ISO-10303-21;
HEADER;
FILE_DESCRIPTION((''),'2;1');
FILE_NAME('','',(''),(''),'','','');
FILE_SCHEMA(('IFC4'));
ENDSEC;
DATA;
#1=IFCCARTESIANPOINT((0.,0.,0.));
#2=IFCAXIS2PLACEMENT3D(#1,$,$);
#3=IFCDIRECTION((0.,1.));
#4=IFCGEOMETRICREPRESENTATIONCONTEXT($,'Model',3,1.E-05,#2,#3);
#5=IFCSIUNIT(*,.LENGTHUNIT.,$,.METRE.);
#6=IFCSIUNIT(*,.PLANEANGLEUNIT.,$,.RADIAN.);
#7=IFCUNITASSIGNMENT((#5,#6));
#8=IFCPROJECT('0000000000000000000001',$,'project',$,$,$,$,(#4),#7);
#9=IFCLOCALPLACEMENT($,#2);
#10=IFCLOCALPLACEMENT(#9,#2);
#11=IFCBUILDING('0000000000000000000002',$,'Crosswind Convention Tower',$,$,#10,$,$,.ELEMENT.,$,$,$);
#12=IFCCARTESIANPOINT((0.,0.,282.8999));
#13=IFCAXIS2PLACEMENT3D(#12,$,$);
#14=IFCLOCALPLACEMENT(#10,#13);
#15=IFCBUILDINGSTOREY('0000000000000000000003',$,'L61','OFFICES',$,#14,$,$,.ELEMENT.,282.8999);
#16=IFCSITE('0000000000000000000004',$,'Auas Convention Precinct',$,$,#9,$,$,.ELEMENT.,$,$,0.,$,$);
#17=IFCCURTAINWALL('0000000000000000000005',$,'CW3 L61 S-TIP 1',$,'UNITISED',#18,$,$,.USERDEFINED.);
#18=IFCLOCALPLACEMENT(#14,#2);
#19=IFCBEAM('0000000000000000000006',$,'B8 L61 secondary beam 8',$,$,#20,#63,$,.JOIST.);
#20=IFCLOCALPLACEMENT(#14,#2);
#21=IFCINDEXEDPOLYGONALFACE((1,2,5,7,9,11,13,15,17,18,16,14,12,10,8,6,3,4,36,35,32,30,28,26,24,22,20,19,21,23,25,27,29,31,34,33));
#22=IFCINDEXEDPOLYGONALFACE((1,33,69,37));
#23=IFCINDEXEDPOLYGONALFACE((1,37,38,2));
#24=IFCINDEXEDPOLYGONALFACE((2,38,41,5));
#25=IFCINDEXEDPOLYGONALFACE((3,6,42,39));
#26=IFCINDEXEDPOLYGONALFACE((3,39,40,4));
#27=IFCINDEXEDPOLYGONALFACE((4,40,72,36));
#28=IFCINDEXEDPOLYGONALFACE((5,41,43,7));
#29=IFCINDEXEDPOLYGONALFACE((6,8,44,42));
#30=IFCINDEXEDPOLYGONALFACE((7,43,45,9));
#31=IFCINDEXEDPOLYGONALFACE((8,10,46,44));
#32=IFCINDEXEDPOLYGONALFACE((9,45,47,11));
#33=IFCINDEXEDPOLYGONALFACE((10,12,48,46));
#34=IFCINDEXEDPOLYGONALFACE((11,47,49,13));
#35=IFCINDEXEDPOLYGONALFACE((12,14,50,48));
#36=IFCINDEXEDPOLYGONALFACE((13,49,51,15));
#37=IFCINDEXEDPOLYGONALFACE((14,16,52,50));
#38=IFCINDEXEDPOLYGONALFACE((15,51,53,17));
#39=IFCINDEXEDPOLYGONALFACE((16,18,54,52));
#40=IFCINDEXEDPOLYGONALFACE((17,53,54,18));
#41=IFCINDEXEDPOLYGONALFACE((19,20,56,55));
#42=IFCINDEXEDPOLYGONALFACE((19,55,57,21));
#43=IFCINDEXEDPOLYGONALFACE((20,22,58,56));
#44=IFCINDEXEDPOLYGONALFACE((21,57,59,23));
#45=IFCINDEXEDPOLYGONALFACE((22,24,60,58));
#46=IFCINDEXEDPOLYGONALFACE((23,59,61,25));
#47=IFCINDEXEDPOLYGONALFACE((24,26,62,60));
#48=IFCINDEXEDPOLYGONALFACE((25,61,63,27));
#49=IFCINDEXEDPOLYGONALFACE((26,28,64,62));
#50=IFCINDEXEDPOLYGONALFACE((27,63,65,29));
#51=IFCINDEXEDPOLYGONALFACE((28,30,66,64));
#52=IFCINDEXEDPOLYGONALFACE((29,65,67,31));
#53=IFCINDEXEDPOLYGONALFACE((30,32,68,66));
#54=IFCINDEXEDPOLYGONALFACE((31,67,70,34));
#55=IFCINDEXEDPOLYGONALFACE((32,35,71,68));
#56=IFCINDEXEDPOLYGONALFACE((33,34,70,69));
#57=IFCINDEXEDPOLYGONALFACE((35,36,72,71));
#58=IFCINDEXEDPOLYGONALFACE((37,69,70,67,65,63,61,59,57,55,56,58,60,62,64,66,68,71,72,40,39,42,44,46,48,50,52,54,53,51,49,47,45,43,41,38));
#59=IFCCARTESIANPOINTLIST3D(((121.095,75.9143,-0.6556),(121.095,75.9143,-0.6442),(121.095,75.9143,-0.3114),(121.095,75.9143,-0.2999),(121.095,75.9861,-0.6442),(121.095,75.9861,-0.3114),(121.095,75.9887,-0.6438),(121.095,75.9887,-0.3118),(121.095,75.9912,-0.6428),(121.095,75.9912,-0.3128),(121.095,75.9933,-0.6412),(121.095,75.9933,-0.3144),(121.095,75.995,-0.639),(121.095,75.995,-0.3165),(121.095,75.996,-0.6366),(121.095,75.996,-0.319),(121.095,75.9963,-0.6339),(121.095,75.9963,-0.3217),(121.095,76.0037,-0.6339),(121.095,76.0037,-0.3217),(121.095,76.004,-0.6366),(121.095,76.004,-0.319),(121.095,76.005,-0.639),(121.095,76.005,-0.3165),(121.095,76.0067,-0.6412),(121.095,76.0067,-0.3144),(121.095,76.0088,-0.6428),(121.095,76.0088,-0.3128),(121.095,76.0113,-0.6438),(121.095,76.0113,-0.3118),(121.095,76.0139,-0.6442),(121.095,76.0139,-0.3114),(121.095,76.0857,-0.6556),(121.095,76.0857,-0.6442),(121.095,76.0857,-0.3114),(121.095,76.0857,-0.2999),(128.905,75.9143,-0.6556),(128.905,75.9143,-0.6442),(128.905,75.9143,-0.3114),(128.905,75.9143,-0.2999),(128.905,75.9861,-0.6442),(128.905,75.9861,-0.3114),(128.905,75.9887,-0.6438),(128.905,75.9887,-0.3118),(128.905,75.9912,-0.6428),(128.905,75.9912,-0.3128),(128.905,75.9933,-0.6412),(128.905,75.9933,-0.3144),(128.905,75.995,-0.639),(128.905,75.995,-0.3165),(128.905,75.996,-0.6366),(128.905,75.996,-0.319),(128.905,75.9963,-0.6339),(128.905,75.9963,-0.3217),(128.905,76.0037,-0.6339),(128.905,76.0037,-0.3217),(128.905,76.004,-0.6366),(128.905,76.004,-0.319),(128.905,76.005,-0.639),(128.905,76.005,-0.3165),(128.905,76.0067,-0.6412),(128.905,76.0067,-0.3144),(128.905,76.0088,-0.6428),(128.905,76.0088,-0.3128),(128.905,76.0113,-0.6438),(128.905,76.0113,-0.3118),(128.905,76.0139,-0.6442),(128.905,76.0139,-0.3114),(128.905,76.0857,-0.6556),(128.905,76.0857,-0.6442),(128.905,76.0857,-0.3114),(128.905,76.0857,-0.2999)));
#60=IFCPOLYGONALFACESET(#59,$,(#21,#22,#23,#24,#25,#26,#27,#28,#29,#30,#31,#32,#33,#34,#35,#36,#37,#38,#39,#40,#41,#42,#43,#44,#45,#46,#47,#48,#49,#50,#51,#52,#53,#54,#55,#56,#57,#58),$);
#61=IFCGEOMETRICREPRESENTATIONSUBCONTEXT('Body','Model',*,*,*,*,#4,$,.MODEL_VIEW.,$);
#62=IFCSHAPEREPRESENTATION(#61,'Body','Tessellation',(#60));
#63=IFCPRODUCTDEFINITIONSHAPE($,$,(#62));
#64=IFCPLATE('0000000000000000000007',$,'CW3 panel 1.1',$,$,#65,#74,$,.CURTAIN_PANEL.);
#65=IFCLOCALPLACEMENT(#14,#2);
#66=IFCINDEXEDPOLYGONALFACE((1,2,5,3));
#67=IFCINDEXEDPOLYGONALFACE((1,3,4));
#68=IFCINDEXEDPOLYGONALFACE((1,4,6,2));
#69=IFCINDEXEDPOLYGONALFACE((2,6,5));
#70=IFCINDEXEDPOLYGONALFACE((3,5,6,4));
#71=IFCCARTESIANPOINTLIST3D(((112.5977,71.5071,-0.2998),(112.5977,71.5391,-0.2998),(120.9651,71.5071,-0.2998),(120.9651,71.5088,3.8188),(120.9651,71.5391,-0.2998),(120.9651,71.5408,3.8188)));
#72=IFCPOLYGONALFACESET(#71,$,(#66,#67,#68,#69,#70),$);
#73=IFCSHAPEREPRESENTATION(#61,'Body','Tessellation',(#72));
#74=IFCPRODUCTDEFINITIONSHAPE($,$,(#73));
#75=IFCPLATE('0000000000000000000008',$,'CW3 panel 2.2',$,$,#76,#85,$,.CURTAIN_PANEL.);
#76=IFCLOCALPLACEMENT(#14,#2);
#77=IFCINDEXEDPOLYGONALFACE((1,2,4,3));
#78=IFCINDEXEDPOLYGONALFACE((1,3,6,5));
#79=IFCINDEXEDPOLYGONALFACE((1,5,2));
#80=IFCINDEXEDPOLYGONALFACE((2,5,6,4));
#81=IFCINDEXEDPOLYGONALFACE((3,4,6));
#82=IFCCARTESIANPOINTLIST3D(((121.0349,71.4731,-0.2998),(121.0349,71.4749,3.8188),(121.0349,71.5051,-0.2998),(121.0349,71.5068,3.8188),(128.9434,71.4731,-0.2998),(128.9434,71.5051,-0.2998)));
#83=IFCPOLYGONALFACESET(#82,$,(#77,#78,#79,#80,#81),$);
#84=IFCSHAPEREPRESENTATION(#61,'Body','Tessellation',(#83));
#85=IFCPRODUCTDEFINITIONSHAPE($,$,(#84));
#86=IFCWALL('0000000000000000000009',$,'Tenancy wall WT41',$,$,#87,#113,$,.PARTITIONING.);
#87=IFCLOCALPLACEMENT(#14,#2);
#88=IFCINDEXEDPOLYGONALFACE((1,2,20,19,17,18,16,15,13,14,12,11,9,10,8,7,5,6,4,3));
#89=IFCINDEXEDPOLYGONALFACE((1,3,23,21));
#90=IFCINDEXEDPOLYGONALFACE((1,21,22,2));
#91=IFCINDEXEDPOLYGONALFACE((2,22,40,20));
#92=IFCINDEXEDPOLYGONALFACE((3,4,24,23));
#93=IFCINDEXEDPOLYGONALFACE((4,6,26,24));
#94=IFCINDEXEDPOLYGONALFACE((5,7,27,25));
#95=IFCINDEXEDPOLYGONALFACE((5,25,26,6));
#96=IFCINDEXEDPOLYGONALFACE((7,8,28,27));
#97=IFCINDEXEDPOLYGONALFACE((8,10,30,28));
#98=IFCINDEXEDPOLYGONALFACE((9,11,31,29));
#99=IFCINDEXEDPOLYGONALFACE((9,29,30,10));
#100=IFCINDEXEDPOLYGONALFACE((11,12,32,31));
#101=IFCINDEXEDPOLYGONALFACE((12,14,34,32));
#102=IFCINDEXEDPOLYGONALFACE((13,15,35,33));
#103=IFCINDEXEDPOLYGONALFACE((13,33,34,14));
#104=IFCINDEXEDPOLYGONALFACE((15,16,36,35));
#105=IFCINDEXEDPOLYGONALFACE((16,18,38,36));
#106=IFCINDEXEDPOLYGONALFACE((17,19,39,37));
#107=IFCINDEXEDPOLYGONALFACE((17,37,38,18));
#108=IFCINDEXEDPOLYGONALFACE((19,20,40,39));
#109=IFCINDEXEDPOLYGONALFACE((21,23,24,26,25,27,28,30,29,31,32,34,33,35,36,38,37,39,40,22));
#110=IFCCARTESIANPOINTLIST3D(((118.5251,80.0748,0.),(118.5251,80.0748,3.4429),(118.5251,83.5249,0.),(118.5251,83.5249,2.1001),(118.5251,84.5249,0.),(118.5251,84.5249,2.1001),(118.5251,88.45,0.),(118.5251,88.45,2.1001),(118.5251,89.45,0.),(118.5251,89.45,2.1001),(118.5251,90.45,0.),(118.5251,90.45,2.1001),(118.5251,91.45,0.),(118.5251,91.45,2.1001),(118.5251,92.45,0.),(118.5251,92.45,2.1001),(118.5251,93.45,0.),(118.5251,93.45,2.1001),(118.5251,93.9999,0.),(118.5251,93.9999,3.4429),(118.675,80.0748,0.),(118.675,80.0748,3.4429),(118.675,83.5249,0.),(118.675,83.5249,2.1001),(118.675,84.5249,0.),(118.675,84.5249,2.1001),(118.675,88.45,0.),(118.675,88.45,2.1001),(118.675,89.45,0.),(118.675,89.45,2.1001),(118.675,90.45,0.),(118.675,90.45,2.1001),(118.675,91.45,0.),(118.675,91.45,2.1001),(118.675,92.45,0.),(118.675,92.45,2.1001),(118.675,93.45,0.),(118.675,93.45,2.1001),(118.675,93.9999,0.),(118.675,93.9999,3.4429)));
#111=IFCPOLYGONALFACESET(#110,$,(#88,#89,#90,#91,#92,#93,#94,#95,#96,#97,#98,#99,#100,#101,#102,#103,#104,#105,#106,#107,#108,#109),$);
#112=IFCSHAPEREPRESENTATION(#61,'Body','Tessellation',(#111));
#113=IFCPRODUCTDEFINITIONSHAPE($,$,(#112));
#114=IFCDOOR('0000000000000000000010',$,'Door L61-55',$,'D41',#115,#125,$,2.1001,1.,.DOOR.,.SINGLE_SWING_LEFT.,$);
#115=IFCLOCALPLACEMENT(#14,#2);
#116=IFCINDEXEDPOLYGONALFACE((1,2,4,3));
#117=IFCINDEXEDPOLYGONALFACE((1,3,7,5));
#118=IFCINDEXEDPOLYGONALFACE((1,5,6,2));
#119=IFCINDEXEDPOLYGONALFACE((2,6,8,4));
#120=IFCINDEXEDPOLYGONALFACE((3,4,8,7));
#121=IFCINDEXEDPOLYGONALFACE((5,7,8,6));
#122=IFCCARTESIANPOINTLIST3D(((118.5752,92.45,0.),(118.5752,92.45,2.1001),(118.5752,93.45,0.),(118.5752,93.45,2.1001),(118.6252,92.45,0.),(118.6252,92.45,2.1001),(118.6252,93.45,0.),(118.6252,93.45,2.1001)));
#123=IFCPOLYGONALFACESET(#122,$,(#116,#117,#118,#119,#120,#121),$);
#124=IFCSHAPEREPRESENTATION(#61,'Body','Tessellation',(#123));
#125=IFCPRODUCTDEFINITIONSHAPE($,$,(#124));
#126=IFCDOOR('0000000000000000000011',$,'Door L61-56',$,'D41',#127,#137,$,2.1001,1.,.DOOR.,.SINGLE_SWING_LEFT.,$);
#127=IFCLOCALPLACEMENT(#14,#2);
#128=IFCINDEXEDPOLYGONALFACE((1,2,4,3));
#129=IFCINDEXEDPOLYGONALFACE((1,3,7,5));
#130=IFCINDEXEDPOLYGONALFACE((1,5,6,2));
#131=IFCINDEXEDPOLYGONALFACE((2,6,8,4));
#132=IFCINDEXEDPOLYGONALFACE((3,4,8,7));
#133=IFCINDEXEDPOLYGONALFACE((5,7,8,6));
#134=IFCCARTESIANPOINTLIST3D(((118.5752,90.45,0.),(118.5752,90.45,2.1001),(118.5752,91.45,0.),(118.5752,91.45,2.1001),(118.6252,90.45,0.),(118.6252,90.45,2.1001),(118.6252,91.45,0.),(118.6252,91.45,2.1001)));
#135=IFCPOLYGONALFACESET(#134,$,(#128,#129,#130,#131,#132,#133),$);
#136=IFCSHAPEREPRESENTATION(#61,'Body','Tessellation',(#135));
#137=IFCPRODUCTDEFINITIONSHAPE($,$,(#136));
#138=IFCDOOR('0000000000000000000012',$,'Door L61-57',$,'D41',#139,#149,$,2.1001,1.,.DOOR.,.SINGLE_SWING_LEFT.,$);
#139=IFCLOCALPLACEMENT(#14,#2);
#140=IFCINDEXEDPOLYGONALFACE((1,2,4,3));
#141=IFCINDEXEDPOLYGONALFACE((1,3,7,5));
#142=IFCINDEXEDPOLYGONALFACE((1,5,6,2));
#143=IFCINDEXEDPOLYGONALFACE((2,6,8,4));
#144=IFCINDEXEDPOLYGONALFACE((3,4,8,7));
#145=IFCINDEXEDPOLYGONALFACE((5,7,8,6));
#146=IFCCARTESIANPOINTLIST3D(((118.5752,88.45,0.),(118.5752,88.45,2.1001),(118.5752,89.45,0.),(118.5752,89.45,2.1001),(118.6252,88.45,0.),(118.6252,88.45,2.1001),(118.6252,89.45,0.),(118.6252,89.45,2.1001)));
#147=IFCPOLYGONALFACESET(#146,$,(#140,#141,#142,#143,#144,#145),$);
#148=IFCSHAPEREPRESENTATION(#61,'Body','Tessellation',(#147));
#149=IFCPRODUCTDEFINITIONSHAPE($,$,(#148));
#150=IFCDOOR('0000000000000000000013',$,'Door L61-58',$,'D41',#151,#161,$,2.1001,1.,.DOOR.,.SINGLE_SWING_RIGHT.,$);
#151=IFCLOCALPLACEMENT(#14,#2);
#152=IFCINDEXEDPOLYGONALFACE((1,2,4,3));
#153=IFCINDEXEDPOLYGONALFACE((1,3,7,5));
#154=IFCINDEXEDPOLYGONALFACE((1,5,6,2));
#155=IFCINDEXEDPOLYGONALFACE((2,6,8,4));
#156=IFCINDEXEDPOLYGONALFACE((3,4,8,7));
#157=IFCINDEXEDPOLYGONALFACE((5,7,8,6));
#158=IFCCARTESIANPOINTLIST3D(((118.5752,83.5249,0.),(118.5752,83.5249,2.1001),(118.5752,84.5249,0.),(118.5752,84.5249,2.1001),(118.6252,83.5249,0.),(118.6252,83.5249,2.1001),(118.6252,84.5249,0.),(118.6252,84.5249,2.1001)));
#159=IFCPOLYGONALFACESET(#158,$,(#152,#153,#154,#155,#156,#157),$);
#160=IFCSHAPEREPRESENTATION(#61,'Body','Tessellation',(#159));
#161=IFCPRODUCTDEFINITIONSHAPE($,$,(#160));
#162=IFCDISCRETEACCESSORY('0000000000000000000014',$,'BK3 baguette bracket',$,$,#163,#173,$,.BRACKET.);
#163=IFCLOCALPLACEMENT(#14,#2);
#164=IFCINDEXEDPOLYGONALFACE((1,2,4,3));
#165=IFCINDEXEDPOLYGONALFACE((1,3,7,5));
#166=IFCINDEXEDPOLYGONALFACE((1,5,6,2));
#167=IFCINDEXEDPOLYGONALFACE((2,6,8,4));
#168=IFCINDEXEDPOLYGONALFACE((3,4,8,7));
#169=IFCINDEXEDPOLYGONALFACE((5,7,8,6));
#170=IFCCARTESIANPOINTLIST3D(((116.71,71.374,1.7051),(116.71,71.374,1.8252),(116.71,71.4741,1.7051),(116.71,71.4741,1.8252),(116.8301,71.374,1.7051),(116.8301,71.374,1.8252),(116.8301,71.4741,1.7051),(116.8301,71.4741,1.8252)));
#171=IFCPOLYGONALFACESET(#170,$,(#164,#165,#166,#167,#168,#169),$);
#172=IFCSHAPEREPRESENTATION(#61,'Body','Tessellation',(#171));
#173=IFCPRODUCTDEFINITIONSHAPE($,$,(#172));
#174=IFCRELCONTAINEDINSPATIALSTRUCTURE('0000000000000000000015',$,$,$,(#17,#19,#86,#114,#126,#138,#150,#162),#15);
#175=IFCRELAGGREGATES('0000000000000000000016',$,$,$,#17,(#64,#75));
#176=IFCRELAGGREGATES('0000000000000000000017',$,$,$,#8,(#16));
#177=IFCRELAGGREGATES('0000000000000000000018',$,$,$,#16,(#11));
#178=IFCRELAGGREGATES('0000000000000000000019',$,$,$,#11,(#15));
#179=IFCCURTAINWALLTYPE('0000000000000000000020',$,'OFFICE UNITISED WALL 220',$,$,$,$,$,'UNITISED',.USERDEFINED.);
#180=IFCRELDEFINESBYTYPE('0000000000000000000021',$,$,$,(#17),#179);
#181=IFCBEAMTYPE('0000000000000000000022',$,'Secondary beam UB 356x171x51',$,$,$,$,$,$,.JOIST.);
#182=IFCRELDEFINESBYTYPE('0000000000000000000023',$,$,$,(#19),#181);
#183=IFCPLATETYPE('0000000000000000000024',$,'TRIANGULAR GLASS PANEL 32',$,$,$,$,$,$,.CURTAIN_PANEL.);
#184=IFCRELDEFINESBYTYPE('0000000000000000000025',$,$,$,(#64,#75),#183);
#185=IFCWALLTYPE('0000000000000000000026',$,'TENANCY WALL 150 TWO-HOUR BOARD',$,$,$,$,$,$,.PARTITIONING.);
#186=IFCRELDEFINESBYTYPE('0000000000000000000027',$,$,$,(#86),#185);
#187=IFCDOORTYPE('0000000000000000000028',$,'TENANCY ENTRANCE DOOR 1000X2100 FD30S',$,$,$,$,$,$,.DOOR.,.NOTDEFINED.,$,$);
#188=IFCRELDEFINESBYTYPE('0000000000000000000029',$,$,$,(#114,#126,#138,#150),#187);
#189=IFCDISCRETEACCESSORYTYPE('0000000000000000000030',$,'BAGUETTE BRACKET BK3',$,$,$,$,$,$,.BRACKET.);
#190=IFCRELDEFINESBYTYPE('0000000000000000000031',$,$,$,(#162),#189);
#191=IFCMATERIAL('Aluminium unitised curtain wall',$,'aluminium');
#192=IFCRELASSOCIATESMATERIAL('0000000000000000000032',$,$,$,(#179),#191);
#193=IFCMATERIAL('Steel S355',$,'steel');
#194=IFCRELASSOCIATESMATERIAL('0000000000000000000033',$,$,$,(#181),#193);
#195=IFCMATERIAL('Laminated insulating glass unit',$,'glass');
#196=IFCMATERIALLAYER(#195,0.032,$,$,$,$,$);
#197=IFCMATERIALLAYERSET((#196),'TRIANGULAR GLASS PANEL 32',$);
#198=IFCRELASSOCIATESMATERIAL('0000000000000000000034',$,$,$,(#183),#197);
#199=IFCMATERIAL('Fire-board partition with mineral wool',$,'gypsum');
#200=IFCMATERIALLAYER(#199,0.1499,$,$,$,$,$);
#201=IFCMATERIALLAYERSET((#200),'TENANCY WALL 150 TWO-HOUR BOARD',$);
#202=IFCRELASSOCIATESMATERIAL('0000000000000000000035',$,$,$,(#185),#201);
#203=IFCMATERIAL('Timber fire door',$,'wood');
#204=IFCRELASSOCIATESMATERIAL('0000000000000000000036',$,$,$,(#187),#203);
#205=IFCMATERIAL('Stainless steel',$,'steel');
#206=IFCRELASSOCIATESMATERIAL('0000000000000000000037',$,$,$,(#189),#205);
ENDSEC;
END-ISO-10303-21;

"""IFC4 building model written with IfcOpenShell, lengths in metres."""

from ifc_helpers import new_model, si_unit, direction, frame, frame_2d, origin, origin_2d, place, context, subcontext, project, spatial, polyline, rectangle, i_section, outline, extrude, material, layer, layer_set, material_profile, profile_set, type_object, element, fill, aggregate, save


model = new_model("IFC4")

# Units and contexts
model_context = context("Model", 3, precision=1e-05, world=origin(), true_north=direction((0.0, 1.0)))
body_context = subcontext(model_context, "Body", "Model", "MODEL_VIEW")
ifc_project = project(units=[si_unit("LENGTHUNIT", "METRE"), si_unit("PLANEANGLEUNIT", "RADIAN")], contexts=[model_context])

# Site, building, storey
site_placement = place(None, origin())
site = spatial("IfcSite", under=ifc_project, at=site_placement, Name="Auas Convention Precinct", CompositionType="ELEMENT", RefElevation=0.0)
building_placement = place(site_placement, origin())
building = spatial("IfcBuilding", under=site, at=building_placement, Name="Crosswind Convention Tower", CompositionType="ELEMENT")
storey_placement = place(building_placement, frame((0.0, 0.0, 282.8999)))
storey = spatial("IfcBuildingStorey", under=building, at=storey_placement, Name="L61", Description="OFFICES", CompositionType="ELEMENT", Elevation=282.8999)

# Shared definitions
ifc_material_1 = material(Name="Steel S355", Category="steel")

# Curtain wall
ifc_material_2 = material(Name="Aluminium unitised curtain wall", Category="aluminium")
curtain_wall_type = type_object("IfcCurtainWallType", Name="OFFICE UNITISED WALL 220", ElementType="UNITISED", PredefinedType="USERDEFINED", material=ifc_material_2)
curtain_wall_placement = place(storey_placement, origin())
curtain_wall = element("IfcCurtainWall", 1, at=curtain_wall_placement, inside=storey, type_object=curtain_wall_type, Name="CW3 L61 S-TIP 1", ObjectType="UNITISED", PredefinedType="USERDEFINED")

# Beam
ifc_material_profile_1 = material_profile(ifc_material_1, i_section(OverallWidth=0.1714, OverallDepth=0.3557, WebThickness=0.0073, FlangeThickness=0.0115, FilletRadius=0.0103, at=origin_2d()), Name="UB 356x171x51")
ifc_profile_set_1 = profile_set([ifc_material_profile_1], Name="Steel S355")
beam_type_1 = type_object("IfcBeamType", Name="Secondary beam UB 356x171x51", PredefinedType="JOIST", material=ifc_profile_set_1)
beam_1_placement = place(storey_placement, frame((121.095, 76.0, -0.4778), z_axis=(1.0, 0.0, 0.0), x_axis=(0.0, 1.0, 0.0)))
element("IfcBeam", 2, at=beam_1_placement, inside=storey, type_object=beam_type_1, Name="B8 L61 secondary beam 8", PredefinedType="JOIST", context=body_context, shape_type="SweptSolid", body=[
    extrude(i_section(OverallWidth=0.1714, OverallDepth=0.3557, WebThickness=0.0073, FlangeThickness=0.0115, FilletRadius=0.0103, at=origin_2d()), origin(), (0.0, 0.0, 1.0), 7.8101),
])

# Plates
ifc_material_3 = material(Name="Laminated insulating glass unit", Category="glass")
ifc_layer_1 = layer(ifc_material_3, 0.032)
ifc_layer_set_1 = layer_set([ifc_layer_1], Name="TRIANGULAR GLASS PANEL 32")
plate_type = type_object("IfcPlateType", Name="TRIANGULAR GLASS PANEL 32", PredefinedType="CURTAIN_PANEL", material=ifc_layer_set_1)
plate_1_placement = place(storey_placement, frame((120.9651, 71.5071, -0.2998), z_axis=(0.0, -1.0, 0.000415), x_axis=(0.0, 0.000415, 1.0)))
plate_1 = element("IfcPlate", 3, at=plate_1_placement, type_object=plate_type, Name="CW3 panel 1.1", PredefinedType="CURTAIN_PANEL", context=body_context, shape_type="SweptSolid", body=[
    extrude(outline(polyline([(0.0, 0.0), (4.1187, 0.0), (0.0, 8.3674), (0.0, 0.0)])), origin(), (0.0, 0.0, -1.0), 0.032),
])
plate_2_placement = place(storey_placement, frame((121.0349, 71.4731, -0.2998), z_axis=(0.0, -1.0, 0.000415), x_axis=(1.0, 0.0, 0.0)))
plate_2 = element("IfcPlate", 4, at=plate_2_placement, type_object=plate_type, Name="CW3 panel 2.2", PredefinedType="CURTAIN_PANEL", context=body_context, shape_type="SweptSolid", body=[
    extrude(outline(polyline([(0.0, 0.0), (7.9084, 0.0), (0.0, 4.1187), (0.0, 0.0)])), origin(), (0.0, 0.0, -1.0), 0.032),
])
aggregate(curtain_wall, [plate_1, plate_2])

# Wall, openings, doors
ifc_material_4 = material(Name="Fire-board partition with mineral wool", Category="gypsum")
ifc_layer_2 = layer(ifc_material_4, 0.1499)
ifc_layer_set_2 = layer_set([ifc_layer_2], Name="TENANCY WALL 150 TWO-HOUR BOARD")
wall_type = type_object("IfcWallType", Name="TENANCY WALL 150 TWO-HOUR BOARD", PredefinedType="PARTITIONING", material=ifc_layer_set_2)
wall_placement = place(storey_placement, frame((118.6001, 80.075, 0.0), z_axis=(0.0, 0.0, 1.0), x_axis=(0.0, 1.0, 0.0)))
wall = element("IfcWall", 5, at=wall_placement, inside=storey, type_object=wall_type, Name="Tenancy wall WT41", PredefinedType="PARTITIONING", context=body_context, shape_type="SweptSolid", body=[
    extrude(rectangle(XDim=13.925, YDim=0.1499, at=frame_2d((6.9624, 0.0))), origin(), (0.0, 0.0, 1.0), 3.4429),
])
opening_1_placement = place(wall_placement, frame((12.375, 0.0, 0.0)))
opening_1 = element("IfcOpeningElement", 6, at=opening_1_placement, cuts=wall, PredefinedType="OPENING", context=body_context, shape_type="SweptSolid", body=[
    extrude(rectangle(XDim=1.0, YDim=2.1001, at=frame_2d((0.5, 1.05))), frame((0.0, 0.085, 0.0), z_axis=(0.0, -1.0, 0.0), x_axis=(1.0, 0.0, 0.0)), (0.0, 0.0, 1.0), 0.1699),
])
opening_2_placement = place(wall_placement, frame((10.375, 0.0, 0.0)))
opening_2 = element("IfcOpeningElement", 7, at=opening_2_placement, cuts=wall, PredefinedType="OPENING", context=body_context, shape_type="SweptSolid", body=[
    extrude(rectangle(XDim=1.0, YDim=2.1001, at=frame_2d((0.5, 1.05))), frame((0.0, 0.085, 0.0), z_axis=(0.0, -1.0, 0.0), x_axis=(1.0, 0.0, 0.0)), (0.0, 0.0, 1.0), 0.1699),
])
opening_3_placement = place(wall_placement, frame((8.375, 0.0, 0.0)))
opening_3 = element("IfcOpeningElement", 8, at=opening_3_placement, cuts=wall, PredefinedType="OPENING", context=body_context, shape_type="SweptSolid", body=[
    extrude(rectangle(XDim=1.0, YDim=2.1001, at=frame_2d((0.5, 1.05))), frame((0.0, 0.085, 0.0), z_axis=(0.0, -1.0, 0.0), x_axis=(1.0, 0.0, 0.0)), (0.0, 0.0, 1.0), 0.1699),
])
opening_4_placement = place(wall_placement, frame((3.45, 0.0, 0.0)))
opening_4 = element("IfcOpeningElement", 9, at=opening_4_placement, cuts=wall, PredefinedType="OPENING", context=body_context, shape_type="SweptSolid", body=[
    extrude(rectangle(XDim=1.0, YDim=2.1001, at=frame_2d((0.5, 1.05))), frame((0.0, 0.085, 0.0), z_axis=(0.0, -1.0, 0.0), x_axis=(1.0, 0.0, 0.0)), (0.0, 0.0, 1.0), 0.1699),
])
ifc_material_5 = material(Name="Timber fire door", Category="wood")
door_type = type_object("IfcDoorType", Name="TENANCY ENTRANCE DOOR 1000X2100 FD30S", OperationType="NOTDEFINED", PredefinedType="DOOR", material=ifc_material_5)
door_1_placement = place(opening_1_placement, origin())
door_1 = element("IfcDoor", 10, at=door_1_placement, inside=storey, type_object=door_type, Name="Door L61-55", ObjectType="D41", OperationType="SINGLE_SWING_LEFT", OverallHeight=2.1001, OverallWidth=1.0, PredefinedType="DOOR", context=body_context, shape_type="SweptSolid", body=[
    extrude(rectangle(XDim=1.0, YDim=2.1001, at=frame_2d((0.5, 1.05))), frame((0.0, 0.0249, 0.0), z_axis=(0.0, -1.0, 0.0), x_axis=(1.0, 0.0, 0.0)), (0.0, 0.0, 1.0), 0.05),
])
fill(opening_1, door_1)
door_2_placement = place(opening_2_placement, origin())
door_2 = element("IfcDoor", 11, at=door_2_placement, inside=storey, type_object=door_type, Name="Door L61-56", ObjectType="D41", OperationType="SINGLE_SWING_LEFT", OverallHeight=2.1001, OverallWidth=1.0, PredefinedType="DOOR", context=body_context, shape_type="SweptSolid", body=[
    extrude(rectangle(XDim=1.0, YDim=2.1001, at=frame_2d((0.5, 1.05))), frame((0.0, 0.0249, 0.0), z_axis=(0.0, -1.0, 0.0), x_axis=(1.0, 0.0, 0.0)), (0.0, 0.0, 1.0), 0.05),
])
fill(opening_2, door_2)
door_3_placement = place(opening_3_placement, origin())
door_3 = element("IfcDoor", 12, at=door_3_placement, inside=storey, type_object=door_type, Name="Door L61-57", ObjectType="D41", OperationType="SINGLE_SWING_LEFT", OverallHeight=2.1001, OverallWidth=1.0, PredefinedType="DOOR", context=body_context, shape_type="SweptSolid", body=[
    extrude(rectangle(XDim=1.0, YDim=2.1001, at=frame_2d((0.5, 1.05))), frame((0.0, 0.0249, 0.0), z_axis=(0.0, -1.0, 0.0), x_axis=(1.0, 0.0, 0.0)), (0.0, 0.0, 1.0), 0.05),
])
fill(opening_3, door_3)
door_4_placement = place(opening_4_placement, origin())
door_4 = element("IfcDoor", 13, at=door_4_placement, inside=storey, type_object=door_type, Name="Door L61-58", ObjectType="D41", OperationType="SINGLE_SWING_RIGHT", OverallHeight=2.1001, OverallWidth=1.0, PredefinedType="DOOR", context=body_context, shape_type="SweptSolid", body=[
    extrude(rectangle(XDim=1.0, YDim=2.1001, at=frame_2d((0.5, 1.05))), frame((0.0, 0.0249, 0.0), z_axis=(0.0, -1.0, 0.0), x_axis=(1.0, 0.0, 0.0)), (0.0, 0.0, 1.0), 0.05),
])
fill(opening_4, door_4)

# Discrete accessory
ifc_material_6 = material(Name="Stainless steel", Category="steel")
discrete_accessory_type = type_object("IfcDiscreteAccessoryType", Name="BAGUETTE BRACKET BK3", PredefinedType="BRACKET", material=ifc_material_6)
discrete_accessory_placement = place(storey_placement, frame((116.77, 71.4241, 1.7051), z_axis=(0.0, 0.0, 1.0), x_axis=(1.0, 0.0, 0.0)))
element("IfcDiscreteAccessory", 14, at=discrete_accessory_placement, inside=storey, type_object=discrete_accessory_type, Name="BK3 baguette bracket", PredefinedType="BRACKET", context=body_context, shape_type="SweptSolid", body=[
    extrude(rectangle(XDim=0.1201, YDim=0.1001, at=origin_2d()), origin(), (0.0, 0.0, 1.0), 0.1201),
])

save(model, "model.ifc")
